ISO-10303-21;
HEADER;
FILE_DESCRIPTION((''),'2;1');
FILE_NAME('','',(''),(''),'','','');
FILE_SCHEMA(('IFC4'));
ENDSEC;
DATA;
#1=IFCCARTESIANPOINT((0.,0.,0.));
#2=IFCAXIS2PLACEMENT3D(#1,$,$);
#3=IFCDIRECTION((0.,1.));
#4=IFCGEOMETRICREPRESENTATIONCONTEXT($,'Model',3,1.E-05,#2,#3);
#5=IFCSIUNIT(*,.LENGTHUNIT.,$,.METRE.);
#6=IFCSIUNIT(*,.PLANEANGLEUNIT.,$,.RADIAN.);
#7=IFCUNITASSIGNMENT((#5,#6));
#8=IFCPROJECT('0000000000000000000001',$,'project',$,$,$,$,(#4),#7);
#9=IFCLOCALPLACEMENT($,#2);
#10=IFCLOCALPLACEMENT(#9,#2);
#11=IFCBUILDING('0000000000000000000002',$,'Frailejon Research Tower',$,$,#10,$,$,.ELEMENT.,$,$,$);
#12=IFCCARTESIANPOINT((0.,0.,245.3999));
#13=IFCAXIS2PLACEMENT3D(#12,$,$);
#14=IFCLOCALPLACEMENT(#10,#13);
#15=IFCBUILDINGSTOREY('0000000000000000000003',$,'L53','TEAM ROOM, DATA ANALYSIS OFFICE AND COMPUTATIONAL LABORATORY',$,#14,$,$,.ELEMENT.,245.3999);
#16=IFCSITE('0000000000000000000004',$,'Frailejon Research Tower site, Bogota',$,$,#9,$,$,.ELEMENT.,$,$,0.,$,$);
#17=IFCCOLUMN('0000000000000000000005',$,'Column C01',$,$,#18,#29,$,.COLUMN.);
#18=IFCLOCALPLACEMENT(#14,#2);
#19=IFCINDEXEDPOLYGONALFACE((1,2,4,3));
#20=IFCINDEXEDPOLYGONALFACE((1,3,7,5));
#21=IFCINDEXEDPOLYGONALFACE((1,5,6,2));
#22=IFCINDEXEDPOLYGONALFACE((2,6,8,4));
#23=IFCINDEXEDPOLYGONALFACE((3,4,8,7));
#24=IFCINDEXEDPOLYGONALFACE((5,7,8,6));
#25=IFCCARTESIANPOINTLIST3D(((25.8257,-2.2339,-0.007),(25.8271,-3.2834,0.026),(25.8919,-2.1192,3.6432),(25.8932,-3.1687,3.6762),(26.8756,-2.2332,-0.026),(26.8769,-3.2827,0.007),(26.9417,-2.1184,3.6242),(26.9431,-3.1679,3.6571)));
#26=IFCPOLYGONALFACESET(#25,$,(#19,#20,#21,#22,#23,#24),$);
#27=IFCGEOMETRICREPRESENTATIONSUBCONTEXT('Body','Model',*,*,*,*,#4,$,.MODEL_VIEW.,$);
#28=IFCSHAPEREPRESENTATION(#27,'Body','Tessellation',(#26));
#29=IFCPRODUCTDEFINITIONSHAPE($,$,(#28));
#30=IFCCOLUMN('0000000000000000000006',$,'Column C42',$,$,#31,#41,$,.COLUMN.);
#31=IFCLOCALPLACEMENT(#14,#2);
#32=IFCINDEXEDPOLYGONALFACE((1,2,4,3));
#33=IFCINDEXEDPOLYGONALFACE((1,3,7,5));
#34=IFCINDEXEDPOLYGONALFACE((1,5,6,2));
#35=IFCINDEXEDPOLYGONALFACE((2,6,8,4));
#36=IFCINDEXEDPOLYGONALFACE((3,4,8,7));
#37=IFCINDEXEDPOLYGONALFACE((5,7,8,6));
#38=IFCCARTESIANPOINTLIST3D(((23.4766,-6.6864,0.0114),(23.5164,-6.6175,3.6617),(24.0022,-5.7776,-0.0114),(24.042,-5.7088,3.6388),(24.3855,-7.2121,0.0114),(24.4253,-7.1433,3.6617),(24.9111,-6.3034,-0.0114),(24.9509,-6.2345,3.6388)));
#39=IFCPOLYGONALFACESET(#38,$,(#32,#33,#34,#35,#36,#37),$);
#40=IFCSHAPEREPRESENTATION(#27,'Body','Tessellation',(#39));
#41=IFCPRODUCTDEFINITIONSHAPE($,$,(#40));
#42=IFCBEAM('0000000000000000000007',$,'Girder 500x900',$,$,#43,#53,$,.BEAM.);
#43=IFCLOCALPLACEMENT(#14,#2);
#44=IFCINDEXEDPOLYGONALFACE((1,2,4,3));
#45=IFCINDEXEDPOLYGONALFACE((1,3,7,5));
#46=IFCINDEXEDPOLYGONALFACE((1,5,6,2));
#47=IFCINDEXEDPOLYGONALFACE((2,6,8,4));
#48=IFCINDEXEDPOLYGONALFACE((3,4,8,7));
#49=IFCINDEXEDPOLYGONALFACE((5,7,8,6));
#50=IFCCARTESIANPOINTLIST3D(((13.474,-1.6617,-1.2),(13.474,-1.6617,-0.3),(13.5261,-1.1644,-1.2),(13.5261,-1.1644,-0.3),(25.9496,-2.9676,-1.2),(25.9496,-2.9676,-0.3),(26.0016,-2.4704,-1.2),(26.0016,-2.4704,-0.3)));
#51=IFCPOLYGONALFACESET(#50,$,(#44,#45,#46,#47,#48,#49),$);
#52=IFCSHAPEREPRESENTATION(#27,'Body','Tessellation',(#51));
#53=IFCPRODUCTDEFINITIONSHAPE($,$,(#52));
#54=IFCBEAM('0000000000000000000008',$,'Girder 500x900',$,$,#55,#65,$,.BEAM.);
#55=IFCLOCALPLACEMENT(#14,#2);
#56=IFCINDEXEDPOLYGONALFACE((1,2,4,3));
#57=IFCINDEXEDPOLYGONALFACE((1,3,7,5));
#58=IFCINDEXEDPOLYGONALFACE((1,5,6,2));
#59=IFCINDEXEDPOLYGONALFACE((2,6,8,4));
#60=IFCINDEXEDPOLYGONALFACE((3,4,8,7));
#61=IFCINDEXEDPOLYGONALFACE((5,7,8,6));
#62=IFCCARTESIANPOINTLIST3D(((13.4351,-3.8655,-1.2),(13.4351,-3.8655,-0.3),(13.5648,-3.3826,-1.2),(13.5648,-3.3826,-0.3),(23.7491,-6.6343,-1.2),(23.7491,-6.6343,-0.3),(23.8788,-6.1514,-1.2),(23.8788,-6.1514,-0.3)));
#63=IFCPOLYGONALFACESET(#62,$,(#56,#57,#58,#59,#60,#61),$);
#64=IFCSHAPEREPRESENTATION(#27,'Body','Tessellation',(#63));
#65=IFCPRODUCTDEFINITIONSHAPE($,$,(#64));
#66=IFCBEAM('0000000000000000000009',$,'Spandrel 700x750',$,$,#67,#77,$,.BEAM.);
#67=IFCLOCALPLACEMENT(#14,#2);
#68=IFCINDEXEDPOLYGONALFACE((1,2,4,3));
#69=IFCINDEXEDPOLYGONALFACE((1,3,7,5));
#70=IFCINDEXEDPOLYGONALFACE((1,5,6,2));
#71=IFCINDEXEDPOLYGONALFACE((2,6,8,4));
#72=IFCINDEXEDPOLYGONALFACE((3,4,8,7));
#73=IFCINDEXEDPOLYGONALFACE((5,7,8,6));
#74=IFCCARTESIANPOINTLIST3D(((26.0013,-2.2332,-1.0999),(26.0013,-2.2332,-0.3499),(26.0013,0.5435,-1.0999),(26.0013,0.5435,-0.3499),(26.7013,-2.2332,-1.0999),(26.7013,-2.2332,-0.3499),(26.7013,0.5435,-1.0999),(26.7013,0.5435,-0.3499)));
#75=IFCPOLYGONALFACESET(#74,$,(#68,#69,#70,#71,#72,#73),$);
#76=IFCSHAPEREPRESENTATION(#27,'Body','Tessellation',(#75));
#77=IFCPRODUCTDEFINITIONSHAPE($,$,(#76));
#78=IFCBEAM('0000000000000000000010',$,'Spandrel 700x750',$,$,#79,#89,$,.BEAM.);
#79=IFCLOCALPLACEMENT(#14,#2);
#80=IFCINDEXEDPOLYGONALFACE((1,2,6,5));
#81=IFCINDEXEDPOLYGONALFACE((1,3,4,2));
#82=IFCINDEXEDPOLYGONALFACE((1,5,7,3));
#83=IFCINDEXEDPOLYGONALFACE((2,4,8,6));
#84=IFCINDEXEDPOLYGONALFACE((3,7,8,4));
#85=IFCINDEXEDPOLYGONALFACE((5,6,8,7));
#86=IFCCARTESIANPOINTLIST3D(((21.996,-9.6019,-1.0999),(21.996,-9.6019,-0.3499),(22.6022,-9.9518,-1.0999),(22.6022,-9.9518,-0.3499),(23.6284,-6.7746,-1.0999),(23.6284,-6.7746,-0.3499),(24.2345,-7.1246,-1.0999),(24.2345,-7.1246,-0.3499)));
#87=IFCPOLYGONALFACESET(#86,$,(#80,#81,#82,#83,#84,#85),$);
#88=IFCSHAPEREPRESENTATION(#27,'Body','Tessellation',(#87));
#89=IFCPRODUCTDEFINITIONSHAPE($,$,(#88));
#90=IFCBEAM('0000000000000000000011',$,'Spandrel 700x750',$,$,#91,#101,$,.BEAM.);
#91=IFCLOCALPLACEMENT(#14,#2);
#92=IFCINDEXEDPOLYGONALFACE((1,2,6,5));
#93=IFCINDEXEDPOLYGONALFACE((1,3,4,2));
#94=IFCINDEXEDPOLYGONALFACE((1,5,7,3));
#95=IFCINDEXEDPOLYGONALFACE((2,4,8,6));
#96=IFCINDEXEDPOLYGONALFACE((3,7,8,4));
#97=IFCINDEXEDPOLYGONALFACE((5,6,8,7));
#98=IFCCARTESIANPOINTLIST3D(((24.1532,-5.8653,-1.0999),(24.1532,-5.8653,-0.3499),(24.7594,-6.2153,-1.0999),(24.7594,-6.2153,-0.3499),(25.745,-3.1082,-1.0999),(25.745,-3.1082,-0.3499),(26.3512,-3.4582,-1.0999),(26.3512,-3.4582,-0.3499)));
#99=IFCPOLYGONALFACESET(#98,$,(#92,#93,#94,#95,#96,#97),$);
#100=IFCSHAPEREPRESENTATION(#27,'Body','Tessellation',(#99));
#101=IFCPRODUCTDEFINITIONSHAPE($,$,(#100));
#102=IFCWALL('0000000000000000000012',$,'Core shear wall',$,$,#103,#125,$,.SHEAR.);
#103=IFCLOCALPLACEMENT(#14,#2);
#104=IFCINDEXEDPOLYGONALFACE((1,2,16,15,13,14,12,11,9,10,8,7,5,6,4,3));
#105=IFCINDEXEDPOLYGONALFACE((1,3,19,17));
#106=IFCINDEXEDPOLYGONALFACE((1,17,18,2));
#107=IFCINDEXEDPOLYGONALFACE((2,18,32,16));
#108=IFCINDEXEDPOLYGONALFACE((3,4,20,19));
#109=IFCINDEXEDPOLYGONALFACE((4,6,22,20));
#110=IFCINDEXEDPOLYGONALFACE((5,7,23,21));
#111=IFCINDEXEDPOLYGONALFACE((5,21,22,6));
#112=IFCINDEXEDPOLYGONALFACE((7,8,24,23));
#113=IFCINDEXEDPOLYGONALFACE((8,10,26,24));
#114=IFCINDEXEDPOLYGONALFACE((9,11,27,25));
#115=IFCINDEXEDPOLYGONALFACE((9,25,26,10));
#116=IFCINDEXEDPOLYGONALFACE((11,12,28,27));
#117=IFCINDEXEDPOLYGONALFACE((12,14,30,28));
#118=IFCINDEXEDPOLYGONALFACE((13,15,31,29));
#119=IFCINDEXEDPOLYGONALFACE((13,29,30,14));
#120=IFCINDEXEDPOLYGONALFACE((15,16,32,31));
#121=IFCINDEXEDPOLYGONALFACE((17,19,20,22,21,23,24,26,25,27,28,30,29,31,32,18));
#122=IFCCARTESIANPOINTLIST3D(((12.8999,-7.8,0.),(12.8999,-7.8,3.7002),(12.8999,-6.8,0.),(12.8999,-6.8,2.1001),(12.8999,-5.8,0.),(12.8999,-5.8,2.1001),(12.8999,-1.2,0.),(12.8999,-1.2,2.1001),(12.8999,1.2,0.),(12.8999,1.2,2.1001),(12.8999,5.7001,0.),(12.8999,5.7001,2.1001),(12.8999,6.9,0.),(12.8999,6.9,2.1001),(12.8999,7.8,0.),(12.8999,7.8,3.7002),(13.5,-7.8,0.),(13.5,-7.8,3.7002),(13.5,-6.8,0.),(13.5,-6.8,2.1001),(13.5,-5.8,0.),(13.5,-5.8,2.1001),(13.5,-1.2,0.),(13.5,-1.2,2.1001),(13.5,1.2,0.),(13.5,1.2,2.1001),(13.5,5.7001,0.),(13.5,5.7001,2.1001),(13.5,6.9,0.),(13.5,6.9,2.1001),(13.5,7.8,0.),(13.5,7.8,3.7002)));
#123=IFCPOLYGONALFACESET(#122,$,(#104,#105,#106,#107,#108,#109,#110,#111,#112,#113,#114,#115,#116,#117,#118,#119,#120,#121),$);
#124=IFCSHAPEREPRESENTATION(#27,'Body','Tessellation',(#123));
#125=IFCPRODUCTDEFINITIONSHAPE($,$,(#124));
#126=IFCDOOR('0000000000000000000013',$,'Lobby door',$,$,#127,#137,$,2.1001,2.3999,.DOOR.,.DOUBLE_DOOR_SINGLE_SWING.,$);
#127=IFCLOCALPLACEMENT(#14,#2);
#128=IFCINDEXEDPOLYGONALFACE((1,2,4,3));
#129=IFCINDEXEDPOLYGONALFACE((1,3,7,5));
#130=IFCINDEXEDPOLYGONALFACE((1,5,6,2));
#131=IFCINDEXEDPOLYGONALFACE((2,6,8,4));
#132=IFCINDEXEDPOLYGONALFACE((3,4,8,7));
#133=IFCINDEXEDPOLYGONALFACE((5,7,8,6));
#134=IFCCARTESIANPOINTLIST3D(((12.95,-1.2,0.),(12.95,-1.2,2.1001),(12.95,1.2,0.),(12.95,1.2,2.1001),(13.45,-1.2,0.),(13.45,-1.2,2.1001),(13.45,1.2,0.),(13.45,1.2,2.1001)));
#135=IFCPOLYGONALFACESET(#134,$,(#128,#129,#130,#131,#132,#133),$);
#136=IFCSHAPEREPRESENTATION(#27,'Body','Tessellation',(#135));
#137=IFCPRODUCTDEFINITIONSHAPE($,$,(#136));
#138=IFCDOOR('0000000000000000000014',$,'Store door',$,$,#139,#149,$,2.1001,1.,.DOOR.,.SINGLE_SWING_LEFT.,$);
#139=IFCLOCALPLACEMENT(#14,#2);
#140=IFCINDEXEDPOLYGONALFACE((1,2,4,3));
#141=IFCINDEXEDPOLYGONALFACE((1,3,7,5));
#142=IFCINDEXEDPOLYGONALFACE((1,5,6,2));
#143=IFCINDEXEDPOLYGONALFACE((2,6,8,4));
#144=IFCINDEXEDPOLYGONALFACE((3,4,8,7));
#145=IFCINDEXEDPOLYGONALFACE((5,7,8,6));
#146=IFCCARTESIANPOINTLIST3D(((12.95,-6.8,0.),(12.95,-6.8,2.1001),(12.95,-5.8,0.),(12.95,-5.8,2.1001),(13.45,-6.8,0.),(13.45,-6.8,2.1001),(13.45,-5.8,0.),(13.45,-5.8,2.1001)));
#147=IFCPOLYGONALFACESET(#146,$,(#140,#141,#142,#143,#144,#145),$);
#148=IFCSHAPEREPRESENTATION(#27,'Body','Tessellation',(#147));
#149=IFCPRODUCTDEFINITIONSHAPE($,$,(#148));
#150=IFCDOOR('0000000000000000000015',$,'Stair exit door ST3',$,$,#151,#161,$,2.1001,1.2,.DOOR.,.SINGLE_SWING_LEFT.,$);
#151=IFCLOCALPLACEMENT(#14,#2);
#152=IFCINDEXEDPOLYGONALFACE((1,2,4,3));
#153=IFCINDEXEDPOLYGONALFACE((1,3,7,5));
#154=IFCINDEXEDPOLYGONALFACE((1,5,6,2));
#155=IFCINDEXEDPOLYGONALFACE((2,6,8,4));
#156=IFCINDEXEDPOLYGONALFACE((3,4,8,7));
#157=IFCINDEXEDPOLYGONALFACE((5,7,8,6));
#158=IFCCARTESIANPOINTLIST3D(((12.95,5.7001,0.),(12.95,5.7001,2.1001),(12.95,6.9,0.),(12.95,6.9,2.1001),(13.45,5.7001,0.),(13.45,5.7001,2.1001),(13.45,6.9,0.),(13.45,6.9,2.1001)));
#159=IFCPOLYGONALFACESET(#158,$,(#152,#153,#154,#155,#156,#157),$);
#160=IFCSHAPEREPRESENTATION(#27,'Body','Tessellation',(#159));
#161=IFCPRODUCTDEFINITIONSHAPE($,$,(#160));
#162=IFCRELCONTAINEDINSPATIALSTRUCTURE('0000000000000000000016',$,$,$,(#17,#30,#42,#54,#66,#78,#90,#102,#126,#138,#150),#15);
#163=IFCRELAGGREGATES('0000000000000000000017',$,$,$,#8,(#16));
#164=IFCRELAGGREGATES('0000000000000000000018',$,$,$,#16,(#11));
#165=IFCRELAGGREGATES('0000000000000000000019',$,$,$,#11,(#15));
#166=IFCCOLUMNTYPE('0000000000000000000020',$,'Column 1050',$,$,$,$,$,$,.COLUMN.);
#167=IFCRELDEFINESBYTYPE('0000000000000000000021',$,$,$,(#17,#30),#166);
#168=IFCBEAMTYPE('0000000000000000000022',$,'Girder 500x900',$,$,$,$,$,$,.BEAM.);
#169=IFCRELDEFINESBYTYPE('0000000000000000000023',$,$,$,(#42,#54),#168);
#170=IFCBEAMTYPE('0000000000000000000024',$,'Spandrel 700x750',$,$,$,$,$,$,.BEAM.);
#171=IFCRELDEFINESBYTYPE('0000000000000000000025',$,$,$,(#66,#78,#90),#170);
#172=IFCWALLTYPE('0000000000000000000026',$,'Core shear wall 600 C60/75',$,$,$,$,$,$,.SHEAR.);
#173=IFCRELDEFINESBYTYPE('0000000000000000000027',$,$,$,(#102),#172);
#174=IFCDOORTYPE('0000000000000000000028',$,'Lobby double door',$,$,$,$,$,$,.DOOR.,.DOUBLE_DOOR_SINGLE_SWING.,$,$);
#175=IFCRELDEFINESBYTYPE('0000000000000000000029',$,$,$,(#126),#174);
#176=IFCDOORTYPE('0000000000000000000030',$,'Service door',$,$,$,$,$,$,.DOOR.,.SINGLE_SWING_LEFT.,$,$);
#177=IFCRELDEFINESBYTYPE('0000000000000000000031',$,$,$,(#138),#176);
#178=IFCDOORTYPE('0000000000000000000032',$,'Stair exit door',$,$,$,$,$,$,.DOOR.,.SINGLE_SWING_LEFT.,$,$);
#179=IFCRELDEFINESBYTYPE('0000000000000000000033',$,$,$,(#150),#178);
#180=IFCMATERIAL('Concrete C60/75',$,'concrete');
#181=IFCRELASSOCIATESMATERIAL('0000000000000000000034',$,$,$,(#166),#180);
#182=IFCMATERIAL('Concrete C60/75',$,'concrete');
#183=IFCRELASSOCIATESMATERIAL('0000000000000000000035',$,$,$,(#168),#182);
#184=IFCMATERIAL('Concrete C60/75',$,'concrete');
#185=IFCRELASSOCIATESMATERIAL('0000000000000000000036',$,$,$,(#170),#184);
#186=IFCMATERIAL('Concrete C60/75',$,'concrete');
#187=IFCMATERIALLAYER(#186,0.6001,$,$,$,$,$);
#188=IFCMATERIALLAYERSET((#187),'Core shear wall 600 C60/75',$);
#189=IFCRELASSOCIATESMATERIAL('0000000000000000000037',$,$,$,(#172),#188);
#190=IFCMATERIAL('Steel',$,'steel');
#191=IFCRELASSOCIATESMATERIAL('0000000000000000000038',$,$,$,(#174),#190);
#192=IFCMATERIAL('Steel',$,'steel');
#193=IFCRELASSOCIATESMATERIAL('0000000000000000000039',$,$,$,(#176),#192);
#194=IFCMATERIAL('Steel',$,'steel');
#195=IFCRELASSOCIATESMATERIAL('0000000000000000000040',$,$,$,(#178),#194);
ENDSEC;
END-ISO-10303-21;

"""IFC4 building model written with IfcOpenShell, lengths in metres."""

from ifc_helpers import new_model, si_unit, direction, frame, frame_2d, origin, origin_2d, place, context, subcontext, project, spatial, rectangle, extrude, material, layer, layer_set, material_profile, profile_set, type_object, element, fill, save


model = new_model("IFC4")

# Units and contexts
model_context = context("Model", 3, precision=1e-05, world=origin(), true_north=direction((0.0, 1.0)))
body_context = subcontext(model_context, "Body", "Model", "MODEL_VIEW")
ifc_project = project(units=[si_unit("LENGTHUNIT", "METRE"), si_unit("PLANEANGLEUNIT", "RADIAN")], contexts=[model_context])

# Site, building, storey
site_placement = place(None, origin())
site = spatial("IfcSite", under=ifc_project, at=site_placement, Name="Frailejon Research Tower site, Bogota", CompositionType="ELEMENT", RefElevation=0.0)
building_placement = place(site_placement, origin())
building = spatial("IfcBuilding", under=site, at=building_placement, Name="Frailejon Research Tower", CompositionType="ELEMENT")
storey_placement = place(building_placement, frame((0.0, 0.0, 245.3999)))
storey = spatial("IfcBuildingStorey", under=building, at=storey_placement, Name="L53", Description="TEAM ROOM, DATA ANALYSIS OFFICE AND COMPUTATIONAL LABORATORY", CompositionType="ELEMENT", Elevation=245.3999)

# Columns
ifc_material_1 = material(Name="Concrete C60/75", Category="concrete")
ifc_material_profile_1 = material_profile(ifc_material_1, rectangle(XDim=1.05, YDim=1.05, at=origin_2d()), Name="Column 1050")
ifc_profile_set_1 = profile_set([ifc_material_profile_1], Name="Concrete C60/75")
column_type = type_object("IfcColumnType", Name="Column 1050", PredefinedType="COLUMN", material=ifc_profile_set_1)
column_1_placement = place(storey_placement, frame((26.3513, -2.7583, 0.0), z_axis=(0.018114, 0.031415, 0.999342), x_axis=(-0.001297, 0.999506, -0.031397)))
element("IfcColumn", 1, at=column_1_placement, inside=storey, type_object=column_type, Name="Column C01", PredefinedType="COLUMN", context=body_context, shape_type="SweptSolid", body=[
    extrude(rectangle(XDim=1.05, YDim=1.05, at=origin_2d()), origin(), (0.0, 0.0, 1.0), 3.6526),
])
column_2_placement = place(storey_placement, frame((24.1938, -6.4949, 0.0), z_axis=(0.0109, 0.018857, 0.999763), x_axis=(0.50059, 0.86541, -0.021781)))
element("IfcColumn", 2, at=column_2_placement, inside=storey, type_object=column_type, Name="Column C42", PredefinedType="COLUMN", context=body_context, shape_type="SweptSolid", body=[
    extrude(rectangle(XDim=1.05, YDim=1.05, at=origin_2d()), origin(), (0.0, 0.0, 1.0), 3.6511),
])

# Beams
ifc_material_2 = material(Name="Concrete C60/75", Category="concrete")
ifc_material_profile_2 = material_profile(ifc_material_2, rectangle(XDim=0.5, YDim=0.8999, at=origin_2d()), Name="Girder 500x900")
ifc_profile_set_2 = profile_set([ifc_material_profile_2], Name="Concrete C60/75")
beam_type_1 = type_object("IfcBeamType", Name="Girder 500x900", PredefinedType="BEAM", material=ifc_profile_set_2)
beam_1_placement = place(storey_placement, frame((25.9756, -2.719, -0.75), z_axis=(-0.994566, 0.104108, 0.0), x_axis=(-0.104108, -0.994566, 0.0)))
element("IfcBeam", 3, at=beam_1_placement, inside=storey, type_object=beam_type_1, Name="Girder 500x900", PredefinedType="BEAM", context=body_context, shape_type="SweptSolid", body=[
    extrude(rectangle(XDim=0.5, YDim=0.8999, at=origin_2d()), origin(), (0.0, 0.0, 1.0), 12.5437),
])
beam_2_placement = place(storey_placement, frame((23.814, -6.3928, -0.75), z_axis=(-0.965804, 0.259272, 0.0), x_axis=(-0.259272, -0.965804, 0.0)))
element("IfcBeam", 4, at=beam_2_placement, inside=storey, type_object=beam_type_1, Name="Girder 500x900", PredefinedType="BEAM", context=body_context, shape_type="SweptSolid", body=[
    extrude(rectangle(XDim=0.5, YDim=0.8999, at=origin_2d()), origin(), (0.0, 0.0, 1.0), 10.6792),
])
ifc_material_3 = material(Name="Concrete C60/75", Category="concrete")
ifc_material_profile_3 = material_profile(ifc_material_3, rectangle(XDim=0.7, YDim=0.75, at=origin_2d()), Name="Spandrel 700x750")
ifc_profile_set_3 = profile_set([ifc_material_profile_3], Name="Concrete C60/75")
beam_type_2 = type_object("IfcBeamType", Name="Spandrel 700x750", PredefinedType="BEAM", material=ifc_profile_set_3)
beam_3_placement = place(storey_placement, frame((26.3513, -2.2332, -0.7249), z_axis=(0.0, 1.0, 0.0), x_axis=(-1.0, 0.0, 0.0)))
element("IfcBeam", 5, at=beam_3_placement, inside=storey, type_object=beam_type_2, Name="Spandrel 700x750", PredefinedType="BEAM", context=body_context, shape_type="SweptSolid", body=[
    extrude(rectangle(XDim=0.7, YDim=0.75, at=origin_2d()), origin(), (0.0, 0.0, 1.0), 2.7766),
])
beam_4_placement = place(storey_placement, frame((22.2991, -9.7769, -0.7249), z_axis=(0.500016, 0.866016, 0.0), x_axis=(-0.866016, 0.500016, 0.0)))
element("IfcBeam", 6, at=beam_4_placement, inside=storey, type_object=beam_type_2, Name="Spandrel 700x750", PredefinedType="BEAM", context=body_context, shape_type="SweptSolid", body=[
    extrude(rectangle(XDim=0.7, YDim=0.75, at=origin_2d()), origin(), (0.0, 0.0, 1.0), 3.2646),
])
beam_5_placement = place(storey_placement, frame((24.4563, -6.0403, -0.7249), z_axis=(0.499999, 0.866026, 0.0), x_axis=(-0.866026, 0.499999, 0.0)))
element("IfcBeam", 7, at=beam_5_placement, inside=storey, type_object=beam_type_2, Name="Spandrel 700x750", PredefinedType="BEAM", context=body_context, shape_type="SweptSolid", body=[
    extrude(rectangle(XDim=0.7, YDim=0.75, at=origin_2d()), origin(), (0.0, 0.0, 1.0), 3.1836),
])

# Wall, openings, doors
ifc_material_4 = material(Name="Concrete C60/75", Category="concrete")
ifc_layer_1 = layer(ifc_material_4, 0.6001)
ifc_layer_set_1 = layer_set([ifc_layer_1], Name="Core shear wall 600 C60/75")
wall_type_1 = type_object("IfcWallType", Name="Core shear wall 600 C60/75", PredefinedType="SHEAR", material=ifc_layer_set_1)
wall_1_placement = place(storey_placement, frame((13.2, -7.8, 0.0), z_axis=(0.0, 0.0, 1.0), x_axis=(0.0, 1.0, 0.0)))
wall_1 = element("IfcWall", 8, at=wall_1_placement, inside=storey, type_object=wall_type_1, Name="Core shear wall", PredefinedType="SHEAR", context=body_context, shape_type="SweptSolid", body=[
    extrude(rectangle(XDim=15.6001, YDim=0.6001, at=frame_2d((7.8, 0.0))), origin(), (0.0, 0.0, 1.0), 3.7002),
])
opening_1_placement = place(wall_1_placement, frame((6.6001, 0.0, 0.0)))
opening_1 = element("IfcOpeningElement", 9, at=opening_1_placement, cuts=wall_1, PredefinedType="OPENING", context=body_context, shape_type="SweptSolid", body=[
    extrude(rectangle(XDim=2.3999, YDim=2.1001, at=frame_2d((1.2, 1.05))), frame((0.0, 0.3101, 0.0), z_axis=(0.0, -1.0, 0.0), x_axis=(1.0, 0.0, 0.0)), (0.0, 0.0, 1.0), 0.6201),
])
opening_2_placement = place(wall_1_placement, frame((13.5, 0.0, 0.0)))
opening_2 = element("IfcOpeningElement", 10, at=opening_2_placement, cuts=wall_1, PredefinedType="OPENING", context=body_context, shape_type="SweptSolid", body=[
    extrude(rectangle(XDim=1.2, YDim=2.1001, at=frame_2d((0.6001, 1.05))), frame((0.0, 0.3101, 0.0), z_axis=(0.0, -1.0, 0.0), x_axis=(1.0, 0.0, 0.0)), (0.0, 0.0, 1.0), 0.6201),
])
opening_3_placement = place(wall_1_placement, frame((1.0, 0.0, 0.0)))
opening_3 = element("IfcOpeningElement", 11, at=opening_3_placement, cuts=wall_1, PredefinedType="OPENING", context=body_context, shape_type="SweptSolid", body=[
    extrude(rectangle(XDim=1.0, YDim=2.1001, at=frame_2d((0.5, 1.05))), frame((0.0, 0.3101, 0.0), z_axis=(0.0, -1.0, 0.0), x_axis=(1.0, 0.0, 0.0)), (0.0, 0.0, 1.0), 0.6201),
])
ifc_material_5 = material(Name="Steel", Category="steel")
door_type_1 = type_object("IfcDoorType", Name="Lobby double door", OperationType="DOUBLE_DOOR_SINGLE_SWING", PredefinedType="DOOR", material=ifc_material_5)
door_1_placement = place(opening_1_placement, origin())
door_1 = element("IfcDoor", 12, at=door_1_placement, inside=storey, type_object=door_type_1, Name="Lobby door", OperationType="DOUBLE_DOOR_SINGLE_SWING", OverallHeight=2.1001, OverallWidth=2.3999, PredefinedType="DOOR", context=body_context, shape_type="SweptSolid", body=[
    extrude(rectangle(XDim=2.3999, YDim=2.1001, at=frame_2d((1.2, 1.05))), frame((0.0, 0.25, 0.0), z_axis=(0.0, -1.0, 0.0), x_axis=(1.0, 0.0, 0.0)), (0.0, 0.0, 1.0), 0.5),
])
fill(opening_1, door_1)
ifc_material_6 = material(Name="Steel", Category="steel")
door_type_2 = type_object("IfcDoorType", Name="Service door", OperationType="SINGLE_SWING_LEFT", PredefinedType="DOOR", material=ifc_material_6)
door_2_placement = place(opening_3_placement, origin())
door_2 = element("IfcDoor", 13, at=door_2_placement, inside=storey, type_object=door_type_2, Name="Store door", OperationType="SINGLE_SWING_LEFT", OverallHeight=2.1001, OverallWidth=1.0, PredefinedType="DOOR", context=body_context, shape_type="SweptSolid", body=[
    extrude(rectangle(XDim=1.0, YDim=2.1001, at=frame_2d((0.5, 1.05))), frame((0.0, 0.25, 0.0), z_axis=(0.0, -1.0, 0.0), x_axis=(1.0, 0.0, 0.0)), (0.0, 0.0, 1.0), 0.5),
])
fill(opening_3, door_2)
ifc_material_7 = material(Name="Steel", Category="steel")
door_type_3 = type_object("IfcDoorType", Name="Stair exit door", OperationType="SINGLE_SWING_LEFT", PredefinedType="DOOR", material=ifc_material_7)
door_3_placement = place(opening_2_placement, origin())
door_3 = element("IfcDoor", 14, at=door_3_placement, inside=storey, type_object=door_type_3, Name="Stair exit door ST3", OperationType="SINGLE_SWING_LEFT", OverallHeight=2.1001, OverallWidth=1.2, PredefinedType="DOOR", context=body_context, shape_type="SweptSolid", body=[
    extrude(rectangle(XDim=1.2, YDim=2.1001, at=frame_2d((0.6001, 1.05))), frame((0.0, 0.25, 0.0), z_axis=(0.0, -1.0, 0.0), x_axis=(1.0, 0.0, 0.0)), (0.0, 0.0, 1.0), 0.5),
])
fill(opening_2, door_3)

save(model, "model.ifc")
